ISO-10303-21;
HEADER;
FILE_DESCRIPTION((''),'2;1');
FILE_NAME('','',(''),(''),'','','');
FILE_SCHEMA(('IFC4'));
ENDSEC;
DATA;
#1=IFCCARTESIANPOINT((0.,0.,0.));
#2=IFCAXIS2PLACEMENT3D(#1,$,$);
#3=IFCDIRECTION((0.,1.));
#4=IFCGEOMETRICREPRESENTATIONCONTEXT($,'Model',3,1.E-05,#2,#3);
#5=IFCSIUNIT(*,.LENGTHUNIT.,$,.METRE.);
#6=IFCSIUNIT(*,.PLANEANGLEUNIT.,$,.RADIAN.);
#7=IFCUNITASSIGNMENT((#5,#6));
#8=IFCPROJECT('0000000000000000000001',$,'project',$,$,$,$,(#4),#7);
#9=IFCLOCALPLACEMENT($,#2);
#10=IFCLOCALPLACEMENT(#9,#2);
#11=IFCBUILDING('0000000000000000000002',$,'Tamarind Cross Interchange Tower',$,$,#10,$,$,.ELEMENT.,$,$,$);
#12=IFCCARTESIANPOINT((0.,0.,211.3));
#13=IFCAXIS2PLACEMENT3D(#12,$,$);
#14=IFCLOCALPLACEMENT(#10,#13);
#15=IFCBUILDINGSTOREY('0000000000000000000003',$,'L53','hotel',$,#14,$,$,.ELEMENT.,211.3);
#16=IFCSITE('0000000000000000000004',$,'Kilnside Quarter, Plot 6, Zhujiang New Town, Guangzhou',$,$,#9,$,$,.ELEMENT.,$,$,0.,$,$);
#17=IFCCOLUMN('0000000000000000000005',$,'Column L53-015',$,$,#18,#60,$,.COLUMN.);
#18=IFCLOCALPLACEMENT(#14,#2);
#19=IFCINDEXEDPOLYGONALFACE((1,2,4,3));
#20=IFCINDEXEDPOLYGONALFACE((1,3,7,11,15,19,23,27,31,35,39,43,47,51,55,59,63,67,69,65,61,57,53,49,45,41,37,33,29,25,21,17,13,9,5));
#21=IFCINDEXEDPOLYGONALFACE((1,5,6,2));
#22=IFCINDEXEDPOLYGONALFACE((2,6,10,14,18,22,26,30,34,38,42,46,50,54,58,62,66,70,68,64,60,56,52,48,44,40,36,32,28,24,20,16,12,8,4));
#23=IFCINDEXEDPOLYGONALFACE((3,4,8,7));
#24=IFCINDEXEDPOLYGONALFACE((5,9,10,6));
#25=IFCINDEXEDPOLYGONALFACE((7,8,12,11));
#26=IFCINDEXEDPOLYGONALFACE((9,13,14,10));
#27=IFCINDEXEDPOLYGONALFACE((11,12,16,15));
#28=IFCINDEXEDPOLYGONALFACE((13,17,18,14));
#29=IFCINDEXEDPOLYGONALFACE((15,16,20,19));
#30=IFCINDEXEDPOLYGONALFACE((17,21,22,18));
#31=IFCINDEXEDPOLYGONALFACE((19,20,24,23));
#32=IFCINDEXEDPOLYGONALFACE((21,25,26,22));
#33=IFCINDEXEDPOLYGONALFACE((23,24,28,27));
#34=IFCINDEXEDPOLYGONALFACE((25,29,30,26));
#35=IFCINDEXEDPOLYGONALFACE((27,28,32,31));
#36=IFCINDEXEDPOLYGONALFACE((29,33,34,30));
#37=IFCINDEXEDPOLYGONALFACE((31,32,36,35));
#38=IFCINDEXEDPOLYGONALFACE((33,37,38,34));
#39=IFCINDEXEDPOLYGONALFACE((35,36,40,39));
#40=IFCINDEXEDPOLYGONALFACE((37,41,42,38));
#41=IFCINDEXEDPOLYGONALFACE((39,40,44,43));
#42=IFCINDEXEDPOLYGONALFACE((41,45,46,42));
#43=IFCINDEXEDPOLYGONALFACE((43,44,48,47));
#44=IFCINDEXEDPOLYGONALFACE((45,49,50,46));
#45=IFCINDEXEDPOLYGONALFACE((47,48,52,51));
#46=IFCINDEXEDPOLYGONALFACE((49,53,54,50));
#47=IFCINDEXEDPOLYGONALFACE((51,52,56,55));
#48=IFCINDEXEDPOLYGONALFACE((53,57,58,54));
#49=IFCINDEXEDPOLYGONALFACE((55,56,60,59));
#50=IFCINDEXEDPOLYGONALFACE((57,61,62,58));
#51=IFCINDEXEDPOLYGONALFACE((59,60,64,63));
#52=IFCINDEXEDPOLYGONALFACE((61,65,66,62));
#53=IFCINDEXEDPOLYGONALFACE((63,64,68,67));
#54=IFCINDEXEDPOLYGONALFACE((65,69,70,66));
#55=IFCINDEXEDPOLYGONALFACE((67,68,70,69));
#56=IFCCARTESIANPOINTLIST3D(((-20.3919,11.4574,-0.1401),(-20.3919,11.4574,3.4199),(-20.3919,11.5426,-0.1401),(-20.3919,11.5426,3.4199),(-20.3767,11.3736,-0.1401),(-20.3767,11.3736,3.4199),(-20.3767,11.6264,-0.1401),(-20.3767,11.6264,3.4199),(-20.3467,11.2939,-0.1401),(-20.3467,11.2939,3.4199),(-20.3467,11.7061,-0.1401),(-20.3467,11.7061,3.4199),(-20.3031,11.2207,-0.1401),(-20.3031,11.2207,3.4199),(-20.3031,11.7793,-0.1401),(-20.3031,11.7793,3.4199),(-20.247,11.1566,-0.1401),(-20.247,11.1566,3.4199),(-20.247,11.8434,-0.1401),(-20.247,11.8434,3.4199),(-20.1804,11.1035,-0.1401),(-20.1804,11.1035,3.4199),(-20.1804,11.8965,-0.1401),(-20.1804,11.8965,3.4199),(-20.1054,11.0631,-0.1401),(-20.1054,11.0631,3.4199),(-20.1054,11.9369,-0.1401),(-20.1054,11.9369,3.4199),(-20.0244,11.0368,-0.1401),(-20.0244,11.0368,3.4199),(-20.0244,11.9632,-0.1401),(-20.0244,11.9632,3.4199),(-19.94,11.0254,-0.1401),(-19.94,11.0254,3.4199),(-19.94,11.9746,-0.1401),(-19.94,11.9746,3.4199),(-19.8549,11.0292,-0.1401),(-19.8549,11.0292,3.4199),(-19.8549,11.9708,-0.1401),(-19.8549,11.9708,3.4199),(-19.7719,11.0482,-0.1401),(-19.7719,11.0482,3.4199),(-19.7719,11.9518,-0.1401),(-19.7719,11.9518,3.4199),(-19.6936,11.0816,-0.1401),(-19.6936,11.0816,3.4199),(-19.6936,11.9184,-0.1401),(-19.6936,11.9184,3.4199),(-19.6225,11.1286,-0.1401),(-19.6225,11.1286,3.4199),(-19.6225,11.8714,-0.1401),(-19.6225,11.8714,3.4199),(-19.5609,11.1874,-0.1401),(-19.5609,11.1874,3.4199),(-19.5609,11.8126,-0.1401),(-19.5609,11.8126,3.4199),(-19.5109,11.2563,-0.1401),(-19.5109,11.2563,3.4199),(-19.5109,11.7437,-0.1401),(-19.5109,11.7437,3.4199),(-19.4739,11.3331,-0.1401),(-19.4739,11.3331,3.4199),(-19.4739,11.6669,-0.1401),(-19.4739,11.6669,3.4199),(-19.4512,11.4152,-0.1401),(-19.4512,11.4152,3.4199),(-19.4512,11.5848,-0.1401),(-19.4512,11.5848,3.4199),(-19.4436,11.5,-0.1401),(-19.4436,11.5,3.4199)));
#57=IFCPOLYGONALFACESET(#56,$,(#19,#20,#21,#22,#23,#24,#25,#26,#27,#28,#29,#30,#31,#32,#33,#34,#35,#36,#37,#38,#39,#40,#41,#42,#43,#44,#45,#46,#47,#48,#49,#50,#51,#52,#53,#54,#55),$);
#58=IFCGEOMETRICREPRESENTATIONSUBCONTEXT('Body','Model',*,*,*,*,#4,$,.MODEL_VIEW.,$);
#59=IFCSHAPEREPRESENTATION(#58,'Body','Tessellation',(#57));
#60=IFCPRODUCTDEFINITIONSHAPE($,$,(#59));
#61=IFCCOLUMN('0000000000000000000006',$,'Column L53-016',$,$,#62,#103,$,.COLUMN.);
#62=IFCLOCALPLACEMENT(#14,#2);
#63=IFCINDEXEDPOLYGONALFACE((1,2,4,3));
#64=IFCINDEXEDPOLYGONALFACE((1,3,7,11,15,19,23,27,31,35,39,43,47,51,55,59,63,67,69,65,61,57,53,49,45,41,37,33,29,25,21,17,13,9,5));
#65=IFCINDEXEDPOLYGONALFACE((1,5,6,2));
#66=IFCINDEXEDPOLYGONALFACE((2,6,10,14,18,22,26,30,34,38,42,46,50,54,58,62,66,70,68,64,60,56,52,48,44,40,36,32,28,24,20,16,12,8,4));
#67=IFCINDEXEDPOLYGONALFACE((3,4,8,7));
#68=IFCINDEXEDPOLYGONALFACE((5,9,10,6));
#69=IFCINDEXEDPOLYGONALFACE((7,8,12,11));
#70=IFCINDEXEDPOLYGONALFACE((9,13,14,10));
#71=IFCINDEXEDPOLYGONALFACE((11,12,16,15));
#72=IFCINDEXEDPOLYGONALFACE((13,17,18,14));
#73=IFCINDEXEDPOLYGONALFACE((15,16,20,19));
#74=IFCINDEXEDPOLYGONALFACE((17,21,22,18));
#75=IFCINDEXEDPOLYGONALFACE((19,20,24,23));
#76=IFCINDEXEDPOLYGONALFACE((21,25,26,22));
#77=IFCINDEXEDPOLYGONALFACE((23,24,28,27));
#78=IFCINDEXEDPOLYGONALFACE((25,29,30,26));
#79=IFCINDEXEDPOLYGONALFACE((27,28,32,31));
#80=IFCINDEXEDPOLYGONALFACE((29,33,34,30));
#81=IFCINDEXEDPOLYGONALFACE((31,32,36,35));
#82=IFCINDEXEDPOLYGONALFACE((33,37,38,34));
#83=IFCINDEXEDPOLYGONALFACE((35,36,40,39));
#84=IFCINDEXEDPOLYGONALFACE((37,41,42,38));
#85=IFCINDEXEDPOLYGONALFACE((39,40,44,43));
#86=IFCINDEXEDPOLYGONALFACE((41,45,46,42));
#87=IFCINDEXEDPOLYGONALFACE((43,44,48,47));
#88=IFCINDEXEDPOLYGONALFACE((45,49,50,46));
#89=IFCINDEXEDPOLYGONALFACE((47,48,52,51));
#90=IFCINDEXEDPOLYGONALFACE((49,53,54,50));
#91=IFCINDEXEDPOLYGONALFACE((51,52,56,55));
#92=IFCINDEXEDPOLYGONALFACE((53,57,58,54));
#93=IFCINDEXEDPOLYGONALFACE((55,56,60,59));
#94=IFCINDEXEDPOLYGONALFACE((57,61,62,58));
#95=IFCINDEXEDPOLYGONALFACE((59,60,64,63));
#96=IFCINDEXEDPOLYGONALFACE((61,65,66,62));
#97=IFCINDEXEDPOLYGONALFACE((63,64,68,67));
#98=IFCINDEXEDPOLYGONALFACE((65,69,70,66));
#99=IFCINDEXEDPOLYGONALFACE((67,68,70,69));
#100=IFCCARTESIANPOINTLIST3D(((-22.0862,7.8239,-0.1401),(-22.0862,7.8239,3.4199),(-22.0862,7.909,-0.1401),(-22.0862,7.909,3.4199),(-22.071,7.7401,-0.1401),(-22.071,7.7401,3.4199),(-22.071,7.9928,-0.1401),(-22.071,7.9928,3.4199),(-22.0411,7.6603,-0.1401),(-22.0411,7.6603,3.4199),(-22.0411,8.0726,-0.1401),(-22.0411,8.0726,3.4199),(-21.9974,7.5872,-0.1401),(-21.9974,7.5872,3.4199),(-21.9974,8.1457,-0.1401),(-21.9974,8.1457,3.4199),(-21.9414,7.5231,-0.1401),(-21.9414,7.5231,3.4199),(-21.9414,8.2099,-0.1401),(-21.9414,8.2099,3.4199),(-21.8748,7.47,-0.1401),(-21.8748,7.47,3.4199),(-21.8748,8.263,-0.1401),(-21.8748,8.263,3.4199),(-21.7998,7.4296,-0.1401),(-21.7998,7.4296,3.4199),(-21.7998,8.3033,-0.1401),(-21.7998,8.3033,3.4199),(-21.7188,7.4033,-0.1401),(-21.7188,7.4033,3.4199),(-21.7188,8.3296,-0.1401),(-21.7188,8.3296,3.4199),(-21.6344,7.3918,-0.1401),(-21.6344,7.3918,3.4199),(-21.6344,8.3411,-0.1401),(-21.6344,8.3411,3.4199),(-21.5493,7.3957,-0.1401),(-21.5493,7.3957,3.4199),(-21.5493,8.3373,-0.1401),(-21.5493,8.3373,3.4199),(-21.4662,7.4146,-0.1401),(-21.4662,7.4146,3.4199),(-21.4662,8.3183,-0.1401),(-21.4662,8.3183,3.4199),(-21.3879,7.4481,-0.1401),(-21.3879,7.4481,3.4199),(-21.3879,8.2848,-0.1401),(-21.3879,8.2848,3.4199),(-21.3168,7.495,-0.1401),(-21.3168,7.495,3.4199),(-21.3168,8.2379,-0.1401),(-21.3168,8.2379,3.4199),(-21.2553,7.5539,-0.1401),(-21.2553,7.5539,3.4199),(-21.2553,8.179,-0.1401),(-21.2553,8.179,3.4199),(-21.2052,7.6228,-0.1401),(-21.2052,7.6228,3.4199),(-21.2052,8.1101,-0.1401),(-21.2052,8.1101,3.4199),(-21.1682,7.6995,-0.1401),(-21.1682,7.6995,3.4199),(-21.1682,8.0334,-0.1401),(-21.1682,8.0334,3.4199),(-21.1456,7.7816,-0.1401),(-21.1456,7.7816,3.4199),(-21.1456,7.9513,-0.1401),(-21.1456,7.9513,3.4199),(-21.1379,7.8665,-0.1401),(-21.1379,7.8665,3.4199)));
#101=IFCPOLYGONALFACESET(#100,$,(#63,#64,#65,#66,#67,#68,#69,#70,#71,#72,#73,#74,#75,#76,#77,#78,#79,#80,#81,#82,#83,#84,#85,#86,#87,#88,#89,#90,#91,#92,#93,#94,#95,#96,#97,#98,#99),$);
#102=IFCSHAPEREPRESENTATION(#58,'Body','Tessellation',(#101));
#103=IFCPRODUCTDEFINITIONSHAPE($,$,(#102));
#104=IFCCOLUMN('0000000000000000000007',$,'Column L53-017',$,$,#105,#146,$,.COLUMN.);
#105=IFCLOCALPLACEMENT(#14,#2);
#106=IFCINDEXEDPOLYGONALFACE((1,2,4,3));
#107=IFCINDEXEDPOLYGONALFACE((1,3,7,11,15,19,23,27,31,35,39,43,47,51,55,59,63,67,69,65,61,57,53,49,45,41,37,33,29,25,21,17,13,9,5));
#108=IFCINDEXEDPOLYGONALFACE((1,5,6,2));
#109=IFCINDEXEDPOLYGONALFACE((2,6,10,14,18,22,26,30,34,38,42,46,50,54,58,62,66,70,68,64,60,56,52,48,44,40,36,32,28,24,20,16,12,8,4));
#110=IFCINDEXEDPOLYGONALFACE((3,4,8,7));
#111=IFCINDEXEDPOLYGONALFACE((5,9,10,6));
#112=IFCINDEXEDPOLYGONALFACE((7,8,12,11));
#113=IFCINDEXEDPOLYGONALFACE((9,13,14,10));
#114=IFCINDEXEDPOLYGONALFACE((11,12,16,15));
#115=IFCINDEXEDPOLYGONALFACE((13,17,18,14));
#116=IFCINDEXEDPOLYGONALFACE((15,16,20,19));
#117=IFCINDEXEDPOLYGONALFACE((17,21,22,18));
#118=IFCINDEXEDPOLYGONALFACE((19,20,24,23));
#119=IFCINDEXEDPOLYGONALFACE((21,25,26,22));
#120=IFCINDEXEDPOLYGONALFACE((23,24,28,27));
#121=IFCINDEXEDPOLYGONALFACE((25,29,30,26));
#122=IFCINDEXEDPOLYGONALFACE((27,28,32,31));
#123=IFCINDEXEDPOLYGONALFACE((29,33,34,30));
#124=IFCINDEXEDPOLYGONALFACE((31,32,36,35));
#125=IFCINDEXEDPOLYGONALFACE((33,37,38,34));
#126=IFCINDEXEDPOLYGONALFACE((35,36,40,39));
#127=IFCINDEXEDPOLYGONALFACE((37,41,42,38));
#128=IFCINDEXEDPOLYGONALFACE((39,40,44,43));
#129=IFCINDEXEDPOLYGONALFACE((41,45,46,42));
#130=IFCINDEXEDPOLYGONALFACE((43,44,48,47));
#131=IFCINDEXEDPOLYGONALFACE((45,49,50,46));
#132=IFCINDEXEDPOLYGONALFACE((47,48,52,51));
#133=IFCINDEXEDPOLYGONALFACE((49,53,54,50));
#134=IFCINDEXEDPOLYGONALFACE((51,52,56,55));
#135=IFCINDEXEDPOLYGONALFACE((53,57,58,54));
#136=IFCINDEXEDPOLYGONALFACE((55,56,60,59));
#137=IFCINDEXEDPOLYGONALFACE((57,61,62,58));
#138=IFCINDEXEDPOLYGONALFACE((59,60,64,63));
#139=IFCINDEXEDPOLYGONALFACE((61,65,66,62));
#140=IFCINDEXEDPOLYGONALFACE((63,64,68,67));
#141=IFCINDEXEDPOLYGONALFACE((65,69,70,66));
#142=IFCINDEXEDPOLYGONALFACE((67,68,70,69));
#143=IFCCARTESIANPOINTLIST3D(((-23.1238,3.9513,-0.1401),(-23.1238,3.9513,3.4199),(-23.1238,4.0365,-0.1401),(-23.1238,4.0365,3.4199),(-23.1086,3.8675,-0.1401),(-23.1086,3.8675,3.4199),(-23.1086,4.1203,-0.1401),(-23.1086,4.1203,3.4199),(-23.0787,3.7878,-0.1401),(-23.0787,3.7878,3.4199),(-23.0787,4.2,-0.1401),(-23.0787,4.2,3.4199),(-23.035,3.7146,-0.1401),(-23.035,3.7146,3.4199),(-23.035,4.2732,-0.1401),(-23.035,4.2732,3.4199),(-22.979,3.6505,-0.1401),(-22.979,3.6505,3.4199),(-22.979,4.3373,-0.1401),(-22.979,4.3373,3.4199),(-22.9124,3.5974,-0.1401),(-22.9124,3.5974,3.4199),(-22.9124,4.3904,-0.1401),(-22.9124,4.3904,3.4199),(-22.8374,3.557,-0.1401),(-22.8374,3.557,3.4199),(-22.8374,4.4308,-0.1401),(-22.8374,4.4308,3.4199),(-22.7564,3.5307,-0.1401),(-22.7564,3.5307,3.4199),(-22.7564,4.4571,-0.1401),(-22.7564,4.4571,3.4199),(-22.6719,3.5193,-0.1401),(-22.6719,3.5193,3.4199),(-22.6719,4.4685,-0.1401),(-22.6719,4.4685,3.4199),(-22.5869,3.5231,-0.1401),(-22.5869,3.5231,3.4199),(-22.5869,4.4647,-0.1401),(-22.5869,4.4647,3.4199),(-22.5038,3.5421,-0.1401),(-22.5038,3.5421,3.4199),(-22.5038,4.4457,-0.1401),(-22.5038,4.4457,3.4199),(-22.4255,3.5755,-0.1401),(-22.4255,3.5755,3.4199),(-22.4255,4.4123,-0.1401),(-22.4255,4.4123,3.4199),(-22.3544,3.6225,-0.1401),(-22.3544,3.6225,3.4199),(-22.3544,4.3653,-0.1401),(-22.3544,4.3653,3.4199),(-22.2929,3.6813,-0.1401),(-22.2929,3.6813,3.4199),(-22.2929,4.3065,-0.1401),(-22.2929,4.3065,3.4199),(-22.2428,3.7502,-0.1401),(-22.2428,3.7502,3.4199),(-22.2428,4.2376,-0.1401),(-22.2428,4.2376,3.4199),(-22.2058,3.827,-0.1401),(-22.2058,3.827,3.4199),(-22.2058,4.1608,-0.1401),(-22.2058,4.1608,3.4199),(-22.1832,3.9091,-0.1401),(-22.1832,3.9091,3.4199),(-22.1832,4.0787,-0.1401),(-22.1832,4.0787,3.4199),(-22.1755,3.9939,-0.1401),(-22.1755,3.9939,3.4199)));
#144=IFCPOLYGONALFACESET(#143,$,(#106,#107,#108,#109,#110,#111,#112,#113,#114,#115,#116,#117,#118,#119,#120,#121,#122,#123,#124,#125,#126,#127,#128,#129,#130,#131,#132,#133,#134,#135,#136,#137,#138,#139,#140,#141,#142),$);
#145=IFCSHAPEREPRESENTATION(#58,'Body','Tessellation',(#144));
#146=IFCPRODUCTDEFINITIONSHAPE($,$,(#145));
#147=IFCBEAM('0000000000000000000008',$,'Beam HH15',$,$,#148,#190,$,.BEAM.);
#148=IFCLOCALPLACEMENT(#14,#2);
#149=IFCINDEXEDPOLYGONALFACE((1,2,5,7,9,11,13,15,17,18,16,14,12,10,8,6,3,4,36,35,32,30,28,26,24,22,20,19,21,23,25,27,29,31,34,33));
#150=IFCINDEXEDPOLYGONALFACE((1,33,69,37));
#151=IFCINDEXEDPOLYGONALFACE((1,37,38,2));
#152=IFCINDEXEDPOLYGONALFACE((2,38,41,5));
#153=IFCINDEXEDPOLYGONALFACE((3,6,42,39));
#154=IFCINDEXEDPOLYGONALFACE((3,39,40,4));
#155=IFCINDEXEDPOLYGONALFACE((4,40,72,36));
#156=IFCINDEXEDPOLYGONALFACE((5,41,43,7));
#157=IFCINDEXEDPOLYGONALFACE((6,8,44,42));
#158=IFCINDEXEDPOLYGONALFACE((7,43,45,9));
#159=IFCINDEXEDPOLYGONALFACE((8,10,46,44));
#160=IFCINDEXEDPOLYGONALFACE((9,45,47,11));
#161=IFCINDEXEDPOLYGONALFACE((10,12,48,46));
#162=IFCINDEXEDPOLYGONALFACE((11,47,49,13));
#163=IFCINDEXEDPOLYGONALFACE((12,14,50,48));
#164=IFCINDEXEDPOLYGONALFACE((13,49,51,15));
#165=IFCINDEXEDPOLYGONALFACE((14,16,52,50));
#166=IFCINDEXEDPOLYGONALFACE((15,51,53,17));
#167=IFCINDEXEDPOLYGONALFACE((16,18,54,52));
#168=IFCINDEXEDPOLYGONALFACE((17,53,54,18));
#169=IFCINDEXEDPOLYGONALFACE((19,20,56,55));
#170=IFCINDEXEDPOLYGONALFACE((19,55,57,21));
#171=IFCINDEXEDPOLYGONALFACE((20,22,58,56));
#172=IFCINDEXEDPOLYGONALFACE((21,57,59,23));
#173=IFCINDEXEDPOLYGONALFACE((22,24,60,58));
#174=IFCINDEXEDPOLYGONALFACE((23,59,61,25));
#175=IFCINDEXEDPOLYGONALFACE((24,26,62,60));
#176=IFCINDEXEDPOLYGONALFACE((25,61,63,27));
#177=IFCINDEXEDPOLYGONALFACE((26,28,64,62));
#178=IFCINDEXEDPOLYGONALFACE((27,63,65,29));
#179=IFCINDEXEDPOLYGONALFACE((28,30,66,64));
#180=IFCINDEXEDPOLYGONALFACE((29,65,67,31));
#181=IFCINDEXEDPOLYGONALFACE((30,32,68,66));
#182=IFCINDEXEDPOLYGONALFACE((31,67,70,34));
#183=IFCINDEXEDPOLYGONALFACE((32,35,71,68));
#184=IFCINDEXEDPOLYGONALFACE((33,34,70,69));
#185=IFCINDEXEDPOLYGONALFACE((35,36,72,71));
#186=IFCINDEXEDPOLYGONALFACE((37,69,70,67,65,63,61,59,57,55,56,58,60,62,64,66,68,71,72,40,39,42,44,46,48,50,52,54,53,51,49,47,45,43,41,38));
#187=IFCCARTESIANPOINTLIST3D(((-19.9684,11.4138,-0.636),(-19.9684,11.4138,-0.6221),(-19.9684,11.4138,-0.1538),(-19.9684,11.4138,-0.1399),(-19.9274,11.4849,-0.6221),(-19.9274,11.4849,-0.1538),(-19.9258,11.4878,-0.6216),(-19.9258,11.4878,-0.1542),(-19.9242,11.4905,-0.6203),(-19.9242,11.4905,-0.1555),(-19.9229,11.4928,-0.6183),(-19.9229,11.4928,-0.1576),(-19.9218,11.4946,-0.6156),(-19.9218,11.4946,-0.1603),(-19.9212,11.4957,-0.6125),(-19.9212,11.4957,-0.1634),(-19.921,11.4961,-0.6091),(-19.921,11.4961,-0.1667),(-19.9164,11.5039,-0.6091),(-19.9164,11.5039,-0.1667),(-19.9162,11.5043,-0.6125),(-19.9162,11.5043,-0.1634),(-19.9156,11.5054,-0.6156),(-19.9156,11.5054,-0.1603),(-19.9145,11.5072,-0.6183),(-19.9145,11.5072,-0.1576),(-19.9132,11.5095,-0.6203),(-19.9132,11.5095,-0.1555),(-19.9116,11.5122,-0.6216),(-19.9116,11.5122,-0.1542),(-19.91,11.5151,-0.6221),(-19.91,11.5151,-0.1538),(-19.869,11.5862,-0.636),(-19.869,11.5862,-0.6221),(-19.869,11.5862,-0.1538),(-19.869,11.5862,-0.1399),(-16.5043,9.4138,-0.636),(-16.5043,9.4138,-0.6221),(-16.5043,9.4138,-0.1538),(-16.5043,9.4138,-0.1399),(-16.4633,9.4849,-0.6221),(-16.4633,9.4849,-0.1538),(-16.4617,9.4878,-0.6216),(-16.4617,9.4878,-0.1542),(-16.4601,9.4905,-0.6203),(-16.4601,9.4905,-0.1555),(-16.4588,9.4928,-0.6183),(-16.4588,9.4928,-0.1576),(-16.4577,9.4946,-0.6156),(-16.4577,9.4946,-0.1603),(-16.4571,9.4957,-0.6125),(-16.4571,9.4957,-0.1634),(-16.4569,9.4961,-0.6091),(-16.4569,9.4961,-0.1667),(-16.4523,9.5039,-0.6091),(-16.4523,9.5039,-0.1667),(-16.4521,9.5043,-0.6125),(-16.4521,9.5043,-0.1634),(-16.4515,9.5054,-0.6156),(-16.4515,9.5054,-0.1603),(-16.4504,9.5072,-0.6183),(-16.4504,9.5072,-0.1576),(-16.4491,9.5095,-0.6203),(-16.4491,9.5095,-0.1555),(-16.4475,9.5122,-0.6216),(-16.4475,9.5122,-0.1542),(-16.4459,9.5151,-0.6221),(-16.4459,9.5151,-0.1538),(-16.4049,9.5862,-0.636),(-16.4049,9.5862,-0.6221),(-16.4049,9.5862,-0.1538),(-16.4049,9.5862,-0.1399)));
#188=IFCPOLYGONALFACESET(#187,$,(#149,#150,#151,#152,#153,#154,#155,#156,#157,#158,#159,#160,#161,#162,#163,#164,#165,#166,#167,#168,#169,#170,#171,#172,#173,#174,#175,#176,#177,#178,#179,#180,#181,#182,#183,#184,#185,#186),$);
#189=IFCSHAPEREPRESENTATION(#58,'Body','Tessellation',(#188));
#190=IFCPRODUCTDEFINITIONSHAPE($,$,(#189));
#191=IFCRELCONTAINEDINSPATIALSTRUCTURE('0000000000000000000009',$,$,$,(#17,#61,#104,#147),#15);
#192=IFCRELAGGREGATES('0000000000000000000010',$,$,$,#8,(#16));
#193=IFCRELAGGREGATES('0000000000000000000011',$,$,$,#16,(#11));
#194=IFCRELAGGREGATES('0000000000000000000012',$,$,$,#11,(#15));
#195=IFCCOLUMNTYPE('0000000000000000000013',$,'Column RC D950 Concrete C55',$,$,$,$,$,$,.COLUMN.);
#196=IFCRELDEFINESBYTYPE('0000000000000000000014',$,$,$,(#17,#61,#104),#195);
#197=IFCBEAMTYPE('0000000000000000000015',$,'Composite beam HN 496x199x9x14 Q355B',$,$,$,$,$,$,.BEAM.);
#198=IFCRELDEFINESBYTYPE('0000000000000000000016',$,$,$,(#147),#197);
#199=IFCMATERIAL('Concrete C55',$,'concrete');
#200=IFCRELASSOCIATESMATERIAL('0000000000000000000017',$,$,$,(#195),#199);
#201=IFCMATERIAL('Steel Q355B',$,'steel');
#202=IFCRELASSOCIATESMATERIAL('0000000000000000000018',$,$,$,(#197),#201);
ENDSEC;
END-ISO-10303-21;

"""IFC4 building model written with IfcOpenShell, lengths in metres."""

from ifc_helpers import new_model, si_unit, direction, frame, origin, origin_2d, place, context, subcontext, project, spatial, circle, i_section, extrude, material, material_profile, profile_set, type_object, element, save


model = new_model("IFC4")

# Units and contexts
model_context = context("Model", 3, precision=1e-05, world=origin(), true_north=direction((0.0, 1.0)))
body_context = subcontext(model_context, "Body", "Model", "MODEL_VIEW")
ifc_project = project(units=[si_unit("LENGTHUNIT", "METRE"), si_unit("PLANEANGLEUNIT", "RADIAN")], contexts=[model_context])

# Site, building, storey
site_placement = place(None, origin())
site = spatial("IfcSite", under=ifc_project, at=site_placement, Name="Kilnside Quarter, Plot 6, Zhujiang New Town, Guangzhou", CompositionType="ELEMENT", RefElevation=0.0)
building_placement = place(site_placement, origin())
building = spatial("IfcBuilding", under=site, at=building_placement, Name="Tamarind Cross Interchange Tower", CompositionType="ELEMENT")
storey_placement = place(building_placement, frame((0.0, 0.0, 211.3)))
storey = spatial("IfcBuildingStorey", under=building, at=storey_placement, Name="L53", Description="hotel", CompositionType="ELEMENT", Elevation=211.3)

# Columns
ifc_material_1 = material(Name="Concrete C55", Category="concrete")
ifc_material_profile_1 = material_profile(ifc_material_1, circle(Radius=0.4751, at=origin_2d()), Name="RC D950")
ifc_profile_set_1 = profile_set([ifc_material_profile_1], Name="Concrete C55")
column_type = type_object("IfcColumnType", Name="Column RC D950 Concrete C55", PredefinedType="COLUMN", material=ifc_profile_set_1)
for number, where, z_axis, x_axis, name in (
    (1, (-19.9187, 11.5, -0.1401), (0.0, 0.0, 1.0), (1.0, 0.0, 0.0), "Column L53-015"),
    (2, (-21.613, 7.8665, -0.1401), (0.0, 0.0, 1.0), (1.0, 0.0, 0.0), "Column L53-016"),
    (3, (-22.6506, 3.9939, -0.1401), (0.0, 0.0, 1.0), (1.0, 0.0, 0.0), "Column L53-017"),
):
    element("IfcColumn", number, at=place(storey_placement, frame(where, z_axis=z_axis, x_axis=x_axis)), inside=storey, type_object=column_type, Name=name, PredefinedType="COLUMN", context=body_context, shape_type="SweptSolid", body=[
        extrude(circle(Radius=0.4751, at=origin_2d()), origin(), (0.0, 0.0, 1.0), 3.5601),
    ])

# Beam
ifc_material_2 = material(Name="Steel Q355B", Category="steel")
ifc_material_profile_2 = material_profile(ifc_material_2, i_section(OverallWidth=0.199, OverallDepth=0.4961, WebThickness=0.009, FlangeThickness=0.0139, FilletRadius=0.0129, at=origin_2d()), Name="HN 496x199x9x14")
ifc_profile_set_2 = profile_set([ifc_material_profile_2], Name="Steel Q355B")
beam_type = type_object("IfcBeamType", Name="Composite beam HN 496x199x9x14 Q355B", PredefinedType="BEAM", material=ifc_profile_set_2)
beam_1_placement = place(storey_placement, frame((-19.9187, 11.5, -0.3879), z_axis=(0.866026, -0.499999, 0.0), x_axis=(0.499999, 0.866026, 0.0)))
element("IfcBeam", 4, at=beam_1_placement, inside=storey, type_object=beam_type, Name="Beam HH15", PredefinedType="BEAM", context=body_context, shape_type="SweptSolid", body=[
    extrude(i_section(OverallWidth=0.199, OverallDepth=0.4961, WebThickness=0.009, FlangeThickness=0.0139, FilletRadius=0.0129, at=origin_2d()), origin(), (0.0, 0.0, 1.0), 4.0),
])

save(model, "model.ifc")
